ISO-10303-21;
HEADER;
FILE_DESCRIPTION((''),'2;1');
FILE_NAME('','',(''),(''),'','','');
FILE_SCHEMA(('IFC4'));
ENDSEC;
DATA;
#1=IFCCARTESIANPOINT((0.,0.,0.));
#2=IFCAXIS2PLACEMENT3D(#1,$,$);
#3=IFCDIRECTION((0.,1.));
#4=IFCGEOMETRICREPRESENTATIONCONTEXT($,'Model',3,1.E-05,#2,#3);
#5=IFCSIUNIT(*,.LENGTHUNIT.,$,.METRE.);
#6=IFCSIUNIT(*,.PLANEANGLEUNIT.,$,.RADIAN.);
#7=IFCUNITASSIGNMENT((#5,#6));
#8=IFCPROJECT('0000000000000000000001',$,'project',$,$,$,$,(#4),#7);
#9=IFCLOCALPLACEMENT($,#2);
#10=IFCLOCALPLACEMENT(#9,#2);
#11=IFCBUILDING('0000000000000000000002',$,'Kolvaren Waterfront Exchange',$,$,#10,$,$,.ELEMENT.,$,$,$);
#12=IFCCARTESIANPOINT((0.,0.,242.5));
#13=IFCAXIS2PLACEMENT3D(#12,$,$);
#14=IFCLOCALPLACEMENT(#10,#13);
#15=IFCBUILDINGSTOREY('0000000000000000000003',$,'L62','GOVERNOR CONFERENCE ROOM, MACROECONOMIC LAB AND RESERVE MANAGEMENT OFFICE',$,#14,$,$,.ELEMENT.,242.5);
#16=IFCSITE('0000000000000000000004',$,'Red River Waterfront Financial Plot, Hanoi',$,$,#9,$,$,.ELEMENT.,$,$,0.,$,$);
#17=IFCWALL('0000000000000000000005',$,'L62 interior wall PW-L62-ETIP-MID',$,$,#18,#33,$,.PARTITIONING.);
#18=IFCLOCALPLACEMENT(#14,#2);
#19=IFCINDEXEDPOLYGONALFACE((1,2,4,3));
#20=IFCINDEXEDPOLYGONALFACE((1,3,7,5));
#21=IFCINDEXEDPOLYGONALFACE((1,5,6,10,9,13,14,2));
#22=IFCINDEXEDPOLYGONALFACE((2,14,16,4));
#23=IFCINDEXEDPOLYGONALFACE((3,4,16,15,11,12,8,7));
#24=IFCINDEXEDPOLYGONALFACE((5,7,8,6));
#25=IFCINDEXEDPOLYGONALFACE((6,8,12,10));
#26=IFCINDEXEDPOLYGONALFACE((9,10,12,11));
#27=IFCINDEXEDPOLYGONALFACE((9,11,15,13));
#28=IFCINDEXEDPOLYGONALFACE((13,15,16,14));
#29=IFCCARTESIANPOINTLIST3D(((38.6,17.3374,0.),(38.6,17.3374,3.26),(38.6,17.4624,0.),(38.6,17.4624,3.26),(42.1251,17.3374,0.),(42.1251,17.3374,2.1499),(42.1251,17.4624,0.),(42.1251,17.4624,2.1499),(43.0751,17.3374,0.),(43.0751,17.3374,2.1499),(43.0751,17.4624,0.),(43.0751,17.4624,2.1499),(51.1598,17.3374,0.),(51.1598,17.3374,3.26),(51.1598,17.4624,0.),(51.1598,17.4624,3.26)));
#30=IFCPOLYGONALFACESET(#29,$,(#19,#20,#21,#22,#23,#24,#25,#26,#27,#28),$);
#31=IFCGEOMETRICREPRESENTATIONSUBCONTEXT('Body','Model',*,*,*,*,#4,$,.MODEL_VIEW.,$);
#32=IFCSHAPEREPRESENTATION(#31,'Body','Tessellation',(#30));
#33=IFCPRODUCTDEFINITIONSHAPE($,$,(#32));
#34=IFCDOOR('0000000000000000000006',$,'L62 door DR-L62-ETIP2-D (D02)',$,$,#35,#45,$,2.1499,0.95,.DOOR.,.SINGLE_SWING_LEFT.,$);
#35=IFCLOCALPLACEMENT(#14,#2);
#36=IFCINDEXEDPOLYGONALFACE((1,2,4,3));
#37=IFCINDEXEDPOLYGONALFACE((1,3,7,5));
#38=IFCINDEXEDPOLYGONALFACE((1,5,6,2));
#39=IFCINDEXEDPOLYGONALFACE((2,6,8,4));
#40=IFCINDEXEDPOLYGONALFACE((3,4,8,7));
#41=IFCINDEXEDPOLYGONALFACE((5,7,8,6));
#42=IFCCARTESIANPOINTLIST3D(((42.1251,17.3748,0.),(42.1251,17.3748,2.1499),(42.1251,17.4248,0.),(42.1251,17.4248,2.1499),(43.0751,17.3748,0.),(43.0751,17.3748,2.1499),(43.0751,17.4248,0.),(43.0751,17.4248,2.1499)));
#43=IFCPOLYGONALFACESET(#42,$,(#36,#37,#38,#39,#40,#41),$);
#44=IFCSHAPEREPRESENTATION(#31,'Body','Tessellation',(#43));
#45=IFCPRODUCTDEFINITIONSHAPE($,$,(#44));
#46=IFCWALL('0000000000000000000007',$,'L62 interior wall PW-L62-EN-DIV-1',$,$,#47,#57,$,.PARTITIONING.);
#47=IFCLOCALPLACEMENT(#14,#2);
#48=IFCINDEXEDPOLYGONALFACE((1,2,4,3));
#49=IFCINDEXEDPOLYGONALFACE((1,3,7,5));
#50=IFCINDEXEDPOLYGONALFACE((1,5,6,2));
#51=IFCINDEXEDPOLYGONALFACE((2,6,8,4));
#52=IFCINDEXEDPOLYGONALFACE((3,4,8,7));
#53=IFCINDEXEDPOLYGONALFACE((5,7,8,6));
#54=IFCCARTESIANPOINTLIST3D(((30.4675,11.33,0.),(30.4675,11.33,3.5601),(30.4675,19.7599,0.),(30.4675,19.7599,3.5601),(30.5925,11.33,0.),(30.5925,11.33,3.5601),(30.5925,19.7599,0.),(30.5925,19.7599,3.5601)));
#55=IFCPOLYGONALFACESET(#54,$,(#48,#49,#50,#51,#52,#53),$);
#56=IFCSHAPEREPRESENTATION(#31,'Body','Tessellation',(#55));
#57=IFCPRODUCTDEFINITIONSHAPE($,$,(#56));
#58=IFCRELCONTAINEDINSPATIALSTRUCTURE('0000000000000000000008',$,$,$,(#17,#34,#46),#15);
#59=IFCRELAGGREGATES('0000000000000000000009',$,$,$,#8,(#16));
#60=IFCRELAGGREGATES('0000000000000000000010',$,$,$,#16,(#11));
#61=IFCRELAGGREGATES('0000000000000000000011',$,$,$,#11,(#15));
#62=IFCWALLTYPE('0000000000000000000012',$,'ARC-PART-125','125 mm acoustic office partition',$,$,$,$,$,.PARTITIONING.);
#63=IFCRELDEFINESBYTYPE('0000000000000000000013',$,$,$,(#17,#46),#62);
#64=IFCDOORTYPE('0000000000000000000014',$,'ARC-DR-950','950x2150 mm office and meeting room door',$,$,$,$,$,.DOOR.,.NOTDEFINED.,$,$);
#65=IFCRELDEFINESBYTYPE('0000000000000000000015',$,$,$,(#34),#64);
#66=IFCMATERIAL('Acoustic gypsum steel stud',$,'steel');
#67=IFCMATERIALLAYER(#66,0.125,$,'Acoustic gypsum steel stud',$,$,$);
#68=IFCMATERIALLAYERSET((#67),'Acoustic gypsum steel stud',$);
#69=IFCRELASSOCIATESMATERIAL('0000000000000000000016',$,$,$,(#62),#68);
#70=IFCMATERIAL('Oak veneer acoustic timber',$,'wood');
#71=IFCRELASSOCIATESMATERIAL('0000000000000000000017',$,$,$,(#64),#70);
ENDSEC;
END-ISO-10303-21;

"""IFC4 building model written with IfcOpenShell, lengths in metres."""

from ifc_helpers import new_model, si_unit, direction, frame, frame_2d, origin, place, context, subcontext, project, spatial, rectangle, extrude, material, layer, layer_set, type_object, element, fill, save


model = new_model("IFC4")

# Units and contexts
model_context = context("Model", 3, precision=1e-05, world=origin(), true_north=direction((0.0, 1.0)))
body_context = subcontext(model_context, "Body", "Model", "MODEL_VIEW")
ifc_project = project(units=[si_unit("LENGTHUNIT", "METRE"), si_unit("PLANEANGLEUNIT", "RADIAN")], contexts=[model_context])

# Site, building, storey
site_placement = place(None, origin())
site = spatial("IfcSite", under=ifc_project, at=site_placement, Name="Red River Waterfront Financial Plot, Hanoi", CompositionType="ELEMENT", RefElevation=0.0)
building_placement = place(site_placement, origin())
building = spatial("IfcBuilding", under=site, at=building_placement, Name="Kolvaren Waterfront Exchange", CompositionType="ELEMENT")
storey_placement = place(building_placement, frame((0.0, 0.0, 242.5)))
storey = spatial("IfcBuildingStorey", under=building, at=storey_placement, Name="L62", Description="GOVERNOR CONFERENCE ROOM, MACROECONOMIC LAB AND RESERVE MANAGEMENT OFFICE", CompositionType="ELEMENT", Elevation=242.5)

# Wall, opening, door
ifc_material_1 = material(Name="Acoustic gypsum steel stud", Category="steel")
ifc_layer_1 = layer(ifc_material_1, 0.125, Name="Acoustic gypsum steel stud")
ifc_layer_set_1 = layer_set([ifc_layer_1], Name="Acoustic gypsum steel stud")
wall_type_1 = type_object("IfcWallType", Name="ARC-PART-125", Description="125 mm acoustic office partition", PredefinedType="PARTITIONING", material=ifc_layer_set_1)
wall_1_placement = place(storey_placement, frame((38.6001, 17.3999, 0.0), z_axis=(0.0, 0.0, 1.0), x_axis=(1.0, 0.0, 0.0)))
wall_1 = element("IfcWall", 1, at=wall_1_placement, inside=storey, type_object=wall_type_1, Name="L62 interior wall PW-L62-ETIP-MID", PredefinedType="PARTITIONING", context=body_context, shape_type="SweptSolid", body=[
    extrude(rectangle(XDim=12.5598, YDim=0.125, at=frame_2d((6.2798, 0.0))), origin(), (0.0, 0.0, 1.0), 3.26),
])
opening_placement = place(wall_1_placement, frame((3.5249, 0.0, 0.0)))
opening = element("IfcOpeningElement", 2, at=opening_placement, cuts=wall_1, PredefinedType="OPENING", context=body_context, shape_type="SweptSolid", body=[
    extrude(rectangle(XDim=0.95, YDim=2.1499, at=frame_2d((0.4751, 1.075))), frame((0.0, 0.0725, 0.0), z_axis=(0.0, -1.0, 0.0), x_axis=(1.0, 0.0, 0.0)), (0.0, 0.0, 1.0), 0.145),
])
ifc_material_2 = material(Name="Oak veneer acoustic timber", Category="wood")
door_type = type_object("IfcDoorType", Name="ARC-DR-950", Description="950x2150 mm office and meeting room door", OperationType="NOTDEFINED", PredefinedType="DOOR", material=ifc_material_2)
door_placement = place(opening_placement, origin())
door = element("IfcDoor", 3, at=door_placement, inside=storey, type_object=door_type, Name="L62 door DR-L62-ETIP2-D (D02)", OperationType="SINGLE_SWING_LEFT", OverallHeight=2.1499, OverallWidth=0.95, PredefinedType="DOOR", context=body_context, shape_type="SweptSolid", body=[
    extrude(rectangle(XDim=0.95, YDim=2.1499, at=frame_2d((0.4751, 1.075))), frame((0.0, 0.0249, 0.0), z_axis=(0.0, -1.0, 0.0), x_axis=(1.0, 0.0, 0.0)), (0.0, 0.0, 1.0), 0.05),
])
fill(opening, door)

# Wall
wall_2_placement = place(storey_placement, frame((30.53, 11.3301, 0.0), z_axis=(0.0, 0.0, 1.0), x_axis=(0.0, 1.0, 0.0)))
element("IfcWall", 4, at=wall_2_placement, inside=storey, type_object=wall_type_1, Name="L62 interior wall PW-L62-EN-DIV-1", PredefinedType="PARTITIONING", context=body_context, shape_type="SweptSolid", body=[
    extrude(rectangle(XDim=8.4299, YDim=0.125, at=frame_2d((4.2148, 0.0))), origin(), (0.0, 0.0, 1.0), 3.5601),
])

save(model, "model.ifc")
